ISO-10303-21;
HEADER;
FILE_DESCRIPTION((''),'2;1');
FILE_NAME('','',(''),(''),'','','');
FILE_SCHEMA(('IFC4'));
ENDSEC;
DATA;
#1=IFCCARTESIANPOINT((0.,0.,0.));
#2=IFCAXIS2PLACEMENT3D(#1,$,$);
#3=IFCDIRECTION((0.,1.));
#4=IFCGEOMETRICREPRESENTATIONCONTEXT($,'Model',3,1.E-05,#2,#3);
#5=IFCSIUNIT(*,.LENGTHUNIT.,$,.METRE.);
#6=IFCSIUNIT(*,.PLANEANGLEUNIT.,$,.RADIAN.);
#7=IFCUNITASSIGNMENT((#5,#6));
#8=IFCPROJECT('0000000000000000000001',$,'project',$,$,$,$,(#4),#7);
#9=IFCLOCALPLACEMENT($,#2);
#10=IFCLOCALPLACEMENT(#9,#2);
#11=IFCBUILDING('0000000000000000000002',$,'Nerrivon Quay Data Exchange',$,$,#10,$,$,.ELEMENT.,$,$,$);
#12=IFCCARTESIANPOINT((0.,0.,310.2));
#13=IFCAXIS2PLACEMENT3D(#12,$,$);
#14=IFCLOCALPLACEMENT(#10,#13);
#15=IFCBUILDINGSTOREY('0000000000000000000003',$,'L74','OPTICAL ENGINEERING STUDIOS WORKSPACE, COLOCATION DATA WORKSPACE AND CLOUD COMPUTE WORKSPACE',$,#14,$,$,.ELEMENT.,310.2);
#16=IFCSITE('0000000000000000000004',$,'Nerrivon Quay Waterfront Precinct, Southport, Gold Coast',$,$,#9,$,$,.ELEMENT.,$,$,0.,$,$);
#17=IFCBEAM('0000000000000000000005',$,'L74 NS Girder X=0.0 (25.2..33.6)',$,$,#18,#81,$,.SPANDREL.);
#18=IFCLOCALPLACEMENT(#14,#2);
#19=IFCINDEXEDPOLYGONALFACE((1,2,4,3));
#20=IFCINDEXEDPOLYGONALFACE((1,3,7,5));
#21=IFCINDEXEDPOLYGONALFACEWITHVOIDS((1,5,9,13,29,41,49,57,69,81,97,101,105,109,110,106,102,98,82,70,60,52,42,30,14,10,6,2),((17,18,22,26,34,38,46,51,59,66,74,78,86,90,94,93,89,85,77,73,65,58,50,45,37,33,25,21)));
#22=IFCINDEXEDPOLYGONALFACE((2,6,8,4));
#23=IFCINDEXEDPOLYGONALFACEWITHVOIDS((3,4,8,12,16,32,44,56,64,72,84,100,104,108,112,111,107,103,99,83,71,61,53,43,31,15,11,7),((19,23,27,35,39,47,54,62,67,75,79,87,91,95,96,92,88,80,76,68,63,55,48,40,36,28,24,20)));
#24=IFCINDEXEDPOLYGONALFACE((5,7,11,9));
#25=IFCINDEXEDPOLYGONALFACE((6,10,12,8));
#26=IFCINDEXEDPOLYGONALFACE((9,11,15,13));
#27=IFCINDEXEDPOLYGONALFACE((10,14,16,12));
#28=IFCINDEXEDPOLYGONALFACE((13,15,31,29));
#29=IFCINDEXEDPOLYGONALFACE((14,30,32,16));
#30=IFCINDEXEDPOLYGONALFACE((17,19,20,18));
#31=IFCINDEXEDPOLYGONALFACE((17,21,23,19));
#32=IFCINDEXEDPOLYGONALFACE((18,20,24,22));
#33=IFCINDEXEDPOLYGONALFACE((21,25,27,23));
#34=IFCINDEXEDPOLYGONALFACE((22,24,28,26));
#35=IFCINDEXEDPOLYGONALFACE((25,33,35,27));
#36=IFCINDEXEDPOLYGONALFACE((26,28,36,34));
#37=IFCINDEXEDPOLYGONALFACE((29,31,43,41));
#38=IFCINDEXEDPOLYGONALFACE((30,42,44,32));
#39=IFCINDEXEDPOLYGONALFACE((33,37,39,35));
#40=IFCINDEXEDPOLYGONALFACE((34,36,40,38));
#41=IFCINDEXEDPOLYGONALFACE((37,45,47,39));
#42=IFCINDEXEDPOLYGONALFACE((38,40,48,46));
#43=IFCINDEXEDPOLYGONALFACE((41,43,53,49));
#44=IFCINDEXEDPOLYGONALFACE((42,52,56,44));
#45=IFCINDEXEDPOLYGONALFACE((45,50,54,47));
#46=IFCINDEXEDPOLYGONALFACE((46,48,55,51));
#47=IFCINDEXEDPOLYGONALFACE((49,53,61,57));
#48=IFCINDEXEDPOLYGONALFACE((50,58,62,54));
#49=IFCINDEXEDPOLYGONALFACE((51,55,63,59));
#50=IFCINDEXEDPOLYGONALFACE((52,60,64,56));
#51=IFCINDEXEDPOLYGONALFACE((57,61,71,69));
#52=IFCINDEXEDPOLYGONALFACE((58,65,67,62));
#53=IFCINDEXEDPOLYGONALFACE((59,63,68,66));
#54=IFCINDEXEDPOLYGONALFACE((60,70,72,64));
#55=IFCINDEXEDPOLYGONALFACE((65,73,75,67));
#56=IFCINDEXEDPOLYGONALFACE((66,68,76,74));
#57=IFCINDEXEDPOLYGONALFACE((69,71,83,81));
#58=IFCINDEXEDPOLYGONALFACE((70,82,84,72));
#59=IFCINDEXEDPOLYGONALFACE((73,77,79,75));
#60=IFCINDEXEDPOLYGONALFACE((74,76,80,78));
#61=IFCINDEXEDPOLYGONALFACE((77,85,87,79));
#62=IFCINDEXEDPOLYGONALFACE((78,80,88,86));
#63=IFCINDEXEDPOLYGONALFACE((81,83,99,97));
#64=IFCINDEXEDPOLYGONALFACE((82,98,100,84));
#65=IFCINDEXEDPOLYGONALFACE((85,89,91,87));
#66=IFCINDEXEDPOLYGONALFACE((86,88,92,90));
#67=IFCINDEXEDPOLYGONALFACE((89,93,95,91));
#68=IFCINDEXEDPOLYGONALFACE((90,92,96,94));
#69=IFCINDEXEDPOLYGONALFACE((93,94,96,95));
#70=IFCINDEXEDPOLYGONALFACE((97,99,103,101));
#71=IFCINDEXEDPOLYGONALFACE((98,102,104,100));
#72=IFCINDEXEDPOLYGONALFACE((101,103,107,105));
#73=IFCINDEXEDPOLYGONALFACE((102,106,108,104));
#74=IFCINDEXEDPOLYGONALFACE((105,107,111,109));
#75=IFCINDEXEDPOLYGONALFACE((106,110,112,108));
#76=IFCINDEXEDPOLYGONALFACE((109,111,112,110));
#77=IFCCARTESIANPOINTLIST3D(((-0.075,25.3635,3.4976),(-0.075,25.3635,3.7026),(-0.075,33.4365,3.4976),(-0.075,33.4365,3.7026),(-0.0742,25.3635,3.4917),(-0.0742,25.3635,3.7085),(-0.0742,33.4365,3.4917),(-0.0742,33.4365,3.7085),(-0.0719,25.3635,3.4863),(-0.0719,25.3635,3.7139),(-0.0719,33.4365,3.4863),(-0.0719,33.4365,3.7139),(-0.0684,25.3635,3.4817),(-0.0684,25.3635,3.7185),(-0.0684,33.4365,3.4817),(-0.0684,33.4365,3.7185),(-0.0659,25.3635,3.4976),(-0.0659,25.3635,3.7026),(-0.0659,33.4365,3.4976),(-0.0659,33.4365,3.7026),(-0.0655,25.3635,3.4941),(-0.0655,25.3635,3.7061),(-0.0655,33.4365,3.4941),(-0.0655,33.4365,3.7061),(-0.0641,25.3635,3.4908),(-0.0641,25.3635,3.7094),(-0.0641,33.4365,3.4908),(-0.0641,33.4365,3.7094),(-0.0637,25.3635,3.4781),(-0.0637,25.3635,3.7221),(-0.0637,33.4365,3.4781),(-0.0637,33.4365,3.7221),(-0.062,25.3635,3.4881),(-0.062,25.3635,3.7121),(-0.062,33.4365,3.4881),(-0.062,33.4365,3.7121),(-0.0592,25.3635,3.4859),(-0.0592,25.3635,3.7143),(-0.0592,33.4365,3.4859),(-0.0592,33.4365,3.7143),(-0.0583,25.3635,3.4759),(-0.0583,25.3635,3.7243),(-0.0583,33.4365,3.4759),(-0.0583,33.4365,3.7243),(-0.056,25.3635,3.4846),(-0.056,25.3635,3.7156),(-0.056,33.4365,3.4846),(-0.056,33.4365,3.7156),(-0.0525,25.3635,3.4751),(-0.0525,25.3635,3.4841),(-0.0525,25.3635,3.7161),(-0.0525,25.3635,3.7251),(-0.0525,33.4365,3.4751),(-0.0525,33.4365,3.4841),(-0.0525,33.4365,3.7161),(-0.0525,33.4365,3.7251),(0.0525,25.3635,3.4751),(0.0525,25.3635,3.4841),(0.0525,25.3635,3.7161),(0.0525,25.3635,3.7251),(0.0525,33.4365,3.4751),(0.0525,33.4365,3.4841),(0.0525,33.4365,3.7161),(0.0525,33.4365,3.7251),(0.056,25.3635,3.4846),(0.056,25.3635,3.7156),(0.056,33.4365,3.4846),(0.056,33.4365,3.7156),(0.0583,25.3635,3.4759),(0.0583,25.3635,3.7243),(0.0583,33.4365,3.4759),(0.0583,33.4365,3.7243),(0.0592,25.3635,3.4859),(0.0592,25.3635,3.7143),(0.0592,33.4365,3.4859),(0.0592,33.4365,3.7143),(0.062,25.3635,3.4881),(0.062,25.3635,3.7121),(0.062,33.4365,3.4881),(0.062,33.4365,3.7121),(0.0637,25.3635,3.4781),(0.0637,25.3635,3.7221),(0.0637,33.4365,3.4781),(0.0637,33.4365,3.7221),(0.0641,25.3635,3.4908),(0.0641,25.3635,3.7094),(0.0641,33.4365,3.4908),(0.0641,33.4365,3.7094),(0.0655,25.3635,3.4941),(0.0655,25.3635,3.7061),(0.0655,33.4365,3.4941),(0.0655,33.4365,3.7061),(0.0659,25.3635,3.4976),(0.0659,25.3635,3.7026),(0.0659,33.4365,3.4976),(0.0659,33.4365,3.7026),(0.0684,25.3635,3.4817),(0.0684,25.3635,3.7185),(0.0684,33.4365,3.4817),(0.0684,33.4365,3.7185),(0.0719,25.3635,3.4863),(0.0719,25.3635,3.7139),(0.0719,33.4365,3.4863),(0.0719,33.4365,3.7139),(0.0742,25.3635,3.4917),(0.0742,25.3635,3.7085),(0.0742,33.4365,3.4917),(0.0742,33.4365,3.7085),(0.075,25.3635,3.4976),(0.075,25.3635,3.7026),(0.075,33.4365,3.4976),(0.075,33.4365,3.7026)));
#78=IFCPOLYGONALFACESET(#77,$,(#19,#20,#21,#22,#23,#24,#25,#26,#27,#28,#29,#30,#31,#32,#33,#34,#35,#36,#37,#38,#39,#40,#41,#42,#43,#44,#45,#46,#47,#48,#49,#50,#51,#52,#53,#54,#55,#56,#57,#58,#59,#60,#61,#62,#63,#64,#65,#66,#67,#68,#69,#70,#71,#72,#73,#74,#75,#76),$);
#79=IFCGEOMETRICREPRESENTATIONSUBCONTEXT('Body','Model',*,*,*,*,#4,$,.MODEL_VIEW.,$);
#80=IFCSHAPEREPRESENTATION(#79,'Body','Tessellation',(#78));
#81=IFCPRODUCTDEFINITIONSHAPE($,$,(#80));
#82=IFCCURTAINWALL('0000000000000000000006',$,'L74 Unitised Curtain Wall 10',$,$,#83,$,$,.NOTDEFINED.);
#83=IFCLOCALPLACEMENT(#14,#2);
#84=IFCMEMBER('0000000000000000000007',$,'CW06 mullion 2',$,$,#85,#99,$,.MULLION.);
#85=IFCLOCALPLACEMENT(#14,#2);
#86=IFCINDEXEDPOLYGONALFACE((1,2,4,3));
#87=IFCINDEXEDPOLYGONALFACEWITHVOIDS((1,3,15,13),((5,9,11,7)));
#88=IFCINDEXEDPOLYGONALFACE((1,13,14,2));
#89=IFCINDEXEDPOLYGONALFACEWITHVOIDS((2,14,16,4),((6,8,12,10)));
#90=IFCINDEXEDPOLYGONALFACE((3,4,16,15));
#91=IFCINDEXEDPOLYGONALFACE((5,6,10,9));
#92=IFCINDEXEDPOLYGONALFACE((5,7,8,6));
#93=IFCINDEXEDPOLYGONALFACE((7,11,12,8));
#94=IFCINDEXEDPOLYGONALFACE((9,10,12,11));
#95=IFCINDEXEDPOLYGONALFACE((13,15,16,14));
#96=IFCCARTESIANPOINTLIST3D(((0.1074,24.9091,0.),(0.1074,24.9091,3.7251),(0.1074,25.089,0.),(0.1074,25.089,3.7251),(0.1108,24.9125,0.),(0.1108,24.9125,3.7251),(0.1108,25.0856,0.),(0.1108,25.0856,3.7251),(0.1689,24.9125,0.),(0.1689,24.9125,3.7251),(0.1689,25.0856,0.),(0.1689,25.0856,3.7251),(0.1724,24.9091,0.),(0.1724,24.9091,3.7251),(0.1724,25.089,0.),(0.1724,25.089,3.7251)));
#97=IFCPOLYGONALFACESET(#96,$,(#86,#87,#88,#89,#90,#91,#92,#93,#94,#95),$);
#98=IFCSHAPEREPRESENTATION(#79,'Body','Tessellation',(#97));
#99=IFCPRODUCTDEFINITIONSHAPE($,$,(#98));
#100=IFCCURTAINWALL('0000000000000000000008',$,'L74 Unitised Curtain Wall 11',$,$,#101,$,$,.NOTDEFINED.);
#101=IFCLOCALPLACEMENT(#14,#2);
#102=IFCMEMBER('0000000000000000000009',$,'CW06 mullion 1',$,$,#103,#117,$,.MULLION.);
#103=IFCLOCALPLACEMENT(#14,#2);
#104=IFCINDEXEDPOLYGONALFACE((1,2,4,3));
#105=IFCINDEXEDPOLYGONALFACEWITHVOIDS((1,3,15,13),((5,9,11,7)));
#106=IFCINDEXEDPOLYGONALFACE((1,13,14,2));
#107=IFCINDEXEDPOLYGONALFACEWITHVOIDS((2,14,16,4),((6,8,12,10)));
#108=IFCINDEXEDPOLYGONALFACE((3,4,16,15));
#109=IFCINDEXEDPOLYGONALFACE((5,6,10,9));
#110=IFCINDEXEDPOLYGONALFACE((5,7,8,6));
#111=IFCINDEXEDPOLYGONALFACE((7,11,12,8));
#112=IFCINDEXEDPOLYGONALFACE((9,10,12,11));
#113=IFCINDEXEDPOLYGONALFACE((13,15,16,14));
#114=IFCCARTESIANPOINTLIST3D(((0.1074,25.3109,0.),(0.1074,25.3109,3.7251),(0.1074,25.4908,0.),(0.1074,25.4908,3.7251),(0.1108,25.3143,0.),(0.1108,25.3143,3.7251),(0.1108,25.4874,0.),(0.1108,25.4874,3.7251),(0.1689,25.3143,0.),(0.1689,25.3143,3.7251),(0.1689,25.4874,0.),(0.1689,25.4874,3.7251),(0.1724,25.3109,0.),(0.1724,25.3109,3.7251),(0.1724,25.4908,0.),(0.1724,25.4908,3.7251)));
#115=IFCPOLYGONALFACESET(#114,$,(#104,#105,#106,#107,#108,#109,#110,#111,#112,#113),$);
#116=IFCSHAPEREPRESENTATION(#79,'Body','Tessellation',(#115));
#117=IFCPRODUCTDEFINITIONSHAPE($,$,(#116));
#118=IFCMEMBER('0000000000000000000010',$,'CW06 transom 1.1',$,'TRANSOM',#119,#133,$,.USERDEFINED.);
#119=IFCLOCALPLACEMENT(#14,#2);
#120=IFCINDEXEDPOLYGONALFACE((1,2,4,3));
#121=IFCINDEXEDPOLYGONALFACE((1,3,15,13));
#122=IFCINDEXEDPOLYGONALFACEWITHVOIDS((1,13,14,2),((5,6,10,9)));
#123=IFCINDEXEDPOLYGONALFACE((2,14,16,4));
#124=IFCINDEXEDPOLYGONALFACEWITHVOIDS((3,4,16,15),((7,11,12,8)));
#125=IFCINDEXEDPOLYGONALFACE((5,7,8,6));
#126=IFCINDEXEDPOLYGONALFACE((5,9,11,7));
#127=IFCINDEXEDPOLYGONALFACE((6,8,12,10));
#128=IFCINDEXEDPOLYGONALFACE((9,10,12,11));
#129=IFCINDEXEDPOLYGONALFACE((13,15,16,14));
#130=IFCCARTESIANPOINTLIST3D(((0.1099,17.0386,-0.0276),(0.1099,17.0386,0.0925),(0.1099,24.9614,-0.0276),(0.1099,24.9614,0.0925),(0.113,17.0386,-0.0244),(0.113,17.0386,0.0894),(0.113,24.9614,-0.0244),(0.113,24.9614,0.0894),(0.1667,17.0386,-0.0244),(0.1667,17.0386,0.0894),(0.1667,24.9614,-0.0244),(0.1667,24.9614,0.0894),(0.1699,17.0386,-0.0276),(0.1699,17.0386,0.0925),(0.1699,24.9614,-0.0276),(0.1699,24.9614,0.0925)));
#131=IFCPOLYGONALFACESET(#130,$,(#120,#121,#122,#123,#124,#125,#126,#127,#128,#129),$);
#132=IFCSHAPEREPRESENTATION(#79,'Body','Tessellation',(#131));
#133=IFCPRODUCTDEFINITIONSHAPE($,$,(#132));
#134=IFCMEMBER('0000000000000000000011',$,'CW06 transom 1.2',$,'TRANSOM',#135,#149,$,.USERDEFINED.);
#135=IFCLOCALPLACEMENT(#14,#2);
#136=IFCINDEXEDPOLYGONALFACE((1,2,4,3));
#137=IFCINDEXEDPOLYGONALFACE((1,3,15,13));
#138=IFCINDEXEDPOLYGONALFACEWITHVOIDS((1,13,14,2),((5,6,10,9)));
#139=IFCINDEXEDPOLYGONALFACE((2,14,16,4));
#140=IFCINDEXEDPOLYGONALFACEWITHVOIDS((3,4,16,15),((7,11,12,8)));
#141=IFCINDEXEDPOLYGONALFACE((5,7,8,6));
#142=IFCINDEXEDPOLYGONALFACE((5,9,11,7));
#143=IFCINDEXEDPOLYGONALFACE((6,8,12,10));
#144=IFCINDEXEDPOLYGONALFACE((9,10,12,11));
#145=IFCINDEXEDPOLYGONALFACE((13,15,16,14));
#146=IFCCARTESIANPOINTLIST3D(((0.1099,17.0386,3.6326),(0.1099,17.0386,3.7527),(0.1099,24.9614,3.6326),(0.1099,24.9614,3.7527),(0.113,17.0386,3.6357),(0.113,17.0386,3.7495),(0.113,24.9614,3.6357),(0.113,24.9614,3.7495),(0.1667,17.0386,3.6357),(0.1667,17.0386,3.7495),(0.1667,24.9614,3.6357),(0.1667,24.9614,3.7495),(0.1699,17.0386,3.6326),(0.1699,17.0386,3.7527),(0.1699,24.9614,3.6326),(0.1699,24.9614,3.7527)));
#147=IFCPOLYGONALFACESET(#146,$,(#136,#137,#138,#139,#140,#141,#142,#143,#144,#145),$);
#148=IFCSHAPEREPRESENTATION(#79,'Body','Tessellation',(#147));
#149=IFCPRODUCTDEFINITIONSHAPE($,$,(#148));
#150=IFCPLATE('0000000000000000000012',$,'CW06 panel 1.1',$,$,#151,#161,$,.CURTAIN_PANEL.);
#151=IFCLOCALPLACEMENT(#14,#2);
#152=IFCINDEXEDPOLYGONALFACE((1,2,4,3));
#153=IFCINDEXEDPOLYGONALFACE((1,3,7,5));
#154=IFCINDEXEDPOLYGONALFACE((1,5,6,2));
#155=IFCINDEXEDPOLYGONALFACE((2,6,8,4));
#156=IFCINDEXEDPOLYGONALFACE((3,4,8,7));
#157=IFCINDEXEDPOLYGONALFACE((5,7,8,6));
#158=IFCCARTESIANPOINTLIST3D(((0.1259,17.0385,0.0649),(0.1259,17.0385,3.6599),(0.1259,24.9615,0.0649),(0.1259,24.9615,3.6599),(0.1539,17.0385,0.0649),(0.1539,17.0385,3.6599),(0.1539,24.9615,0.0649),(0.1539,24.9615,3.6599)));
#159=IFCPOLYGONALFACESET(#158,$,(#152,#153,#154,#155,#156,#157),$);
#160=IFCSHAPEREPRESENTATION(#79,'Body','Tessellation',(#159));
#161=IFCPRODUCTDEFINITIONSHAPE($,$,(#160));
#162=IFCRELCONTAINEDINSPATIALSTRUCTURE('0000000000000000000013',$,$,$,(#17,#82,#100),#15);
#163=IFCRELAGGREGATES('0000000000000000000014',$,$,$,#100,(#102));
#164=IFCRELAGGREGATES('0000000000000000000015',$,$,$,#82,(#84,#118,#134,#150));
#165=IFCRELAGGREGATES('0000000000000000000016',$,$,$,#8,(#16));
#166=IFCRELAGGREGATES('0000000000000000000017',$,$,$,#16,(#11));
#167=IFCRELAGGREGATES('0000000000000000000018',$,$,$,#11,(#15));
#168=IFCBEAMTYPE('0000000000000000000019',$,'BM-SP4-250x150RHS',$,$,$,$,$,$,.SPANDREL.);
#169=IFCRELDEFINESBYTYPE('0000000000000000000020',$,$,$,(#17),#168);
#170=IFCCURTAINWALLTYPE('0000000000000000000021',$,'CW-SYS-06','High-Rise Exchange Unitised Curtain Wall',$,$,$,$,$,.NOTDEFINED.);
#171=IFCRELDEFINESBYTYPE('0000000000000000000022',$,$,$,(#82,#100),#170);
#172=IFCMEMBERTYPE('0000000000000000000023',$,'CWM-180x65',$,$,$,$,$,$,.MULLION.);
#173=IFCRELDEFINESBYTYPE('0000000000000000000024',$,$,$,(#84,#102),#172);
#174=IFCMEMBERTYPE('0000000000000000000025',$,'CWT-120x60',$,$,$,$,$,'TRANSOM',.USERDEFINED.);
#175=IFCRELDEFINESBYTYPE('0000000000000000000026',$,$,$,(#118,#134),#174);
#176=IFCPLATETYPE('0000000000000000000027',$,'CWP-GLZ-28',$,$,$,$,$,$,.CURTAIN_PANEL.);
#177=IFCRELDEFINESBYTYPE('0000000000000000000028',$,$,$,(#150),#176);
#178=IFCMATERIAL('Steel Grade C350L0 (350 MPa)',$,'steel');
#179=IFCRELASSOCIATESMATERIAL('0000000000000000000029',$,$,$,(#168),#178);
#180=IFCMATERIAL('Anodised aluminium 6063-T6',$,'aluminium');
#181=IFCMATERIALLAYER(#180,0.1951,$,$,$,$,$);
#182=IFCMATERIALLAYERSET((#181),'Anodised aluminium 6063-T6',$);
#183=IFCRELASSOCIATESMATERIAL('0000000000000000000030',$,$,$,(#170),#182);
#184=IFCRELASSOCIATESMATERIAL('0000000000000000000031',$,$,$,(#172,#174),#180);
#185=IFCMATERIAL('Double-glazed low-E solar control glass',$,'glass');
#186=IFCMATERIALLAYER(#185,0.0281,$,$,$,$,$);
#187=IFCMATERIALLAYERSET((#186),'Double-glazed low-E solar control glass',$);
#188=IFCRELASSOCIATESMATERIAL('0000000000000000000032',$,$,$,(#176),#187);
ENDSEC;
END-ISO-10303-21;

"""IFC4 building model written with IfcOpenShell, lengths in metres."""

from ifc_helpers import new_model, si_unit, direction, frame, origin, origin_2d, place, context, subcontext, project, spatial, rectangle, hollow_rectangle, extrude, material, layer, layer_set, material_profile, profile_set, type_object, element, aggregate, save


model = new_model("IFC4")

# Units and contexts
model_context = context("Model", 3, precision=1e-05, world=origin(), true_north=direction((0.0, 1.0)))
body_context = subcontext(model_context, "Body", "Model", "MODEL_VIEW")
ifc_project = project(units=[si_unit("LENGTHUNIT", "METRE"), si_unit("PLANEANGLEUNIT", "RADIAN")], contexts=[model_context])

# Site, building, storey
site_placement = place(None, origin())
site = spatial("IfcSite", under=ifc_project, at=site_placement, Name="Nerrivon Quay Waterfront Precinct, Southport, Gold Coast", CompositionType="ELEMENT", RefElevation=0.0)
building_placement = place(site_placement, origin())
building = spatial("IfcBuilding", under=site, at=building_placement, Name="Nerrivon Quay Data Exchange", CompositionType="ELEMENT")
storey_placement = place(building_placement, frame((0.0, 0.0, 310.2)))
storey = spatial("IfcBuildingStorey", under=building, at=storey_placement, Name="L74", Description="OPTICAL ENGINEERING STUDIOS WORKSPACE, COLOCATION DATA WORKSPACE AND CLOUD COMPUTE WORKSPACE", CompositionType="ELEMENT", Elevation=310.2)

# Beam
ifc_material_1 = material(Name="Steel Grade C350L0 (350 MPa)", Category="steel")
ifc_material_profile_1 = material_profile(ifc_material_1, hollow_rectangle(XDim=0.1499, YDim=0.25, WallThickness=0.009, InnerFilletRadius=0.0134, OuterFilletRadius=0.0225, at=origin_2d()), Name="250x150x9.0RHS")
ifc_profile_set_1 = profile_set([ifc_material_profile_1], Name="Steel Grade C350L0 (350 MPa)")
beam_type_1 = type_object("IfcBeamType", Name="BM-SP4-250x150RHS", PredefinedType="SPANDREL", material=ifc_profile_set_1)
beam_1_placement = place(storey_placement, frame((0.0, 25.3635, 3.6001), z_axis=(0.0, 1.0, 0.0), x_axis=(-1.0, 0.0, 0.0)))
element("IfcBeam", 1, at=beam_1_placement, inside=storey, type_object=beam_type_1, Name="L74 NS Girder X=0.0 (25.2..33.6)", PredefinedType="SPANDREL", context=body_context, shape_type="SweptSolid", body=[
    extrude(hollow_rectangle(XDim=0.1499, YDim=0.25, WallThickness=0.009, InnerFilletRadius=0.0134, OuterFilletRadius=0.0225, at=origin_2d()), origin(), (0.0, 0.0, 1.0), 8.073),
])

# Curtain walls, members
ifc_material_2 = material(Name="Anodised aluminium 6063-T6", Category="aluminium")
ifc_layer_1 = layer(ifc_material_2, 0.1951)
ifc_layer_set_1 = layer_set([ifc_layer_1], Name="Anodised aluminium 6063-T6")
curtain_wall_type = type_object("IfcCurtainWallType", Name="CW-SYS-06", Description="High-Rise Exchange Unitised Curtain Wall", PredefinedType="NOTDEFINED", material=ifc_layer_set_1)
curtain_wall_1_placement = place(storey_placement, origin())
curtain_wall_1 = element("IfcCurtainWall", 2, at=curtain_wall_1_placement, inside=storey, type_object=curtain_wall_type, Name="L74 Unitised Curtain Wall 10", PredefinedType="NOTDEFINED")
ifc_material_profile_2 = material_profile(ifc_material_2, hollow_rectangle(XDim=0.0649, YDim=0.1799, WallThickness=0.0034, at=origin_2d()), Name="ALU-MULL-180x65")
ifc_profile_set_2 = profile_set([ifc_material_profile_2], Name="Anodised aluminium 6063-T6")
member_type_1 = type_object("IfcMemberType", Name="CWM-180x65", PredefinedType="MULLION", material=ifc_profile_set_2)
member_1_placement = place(storey_placement, frame((0.1399, 24.999, 0.0), z_axis=(0.0, 0.0, 1.0), x_axis=(-1.0, 0.0, 0.0)))
member_1 = element("IfcMember", 3, at=member_1_placement, type_object=member_type_1, Name="CW06 mullion 2", PredefinedType="MULLION", context=body_context, shape_type="SweptSolid", body=[
    extrude(hollow_rectangle(XDim=0.0649, YDim=0.1799, WallThickness=0.0034, at=origin_2d()), origin(), (0.0, 0.0, 1.0), 3.7251),
])
curtain_wall_2_placement = place(storey_placement, origin())
curtain_wall_2 = element("IfcCurtainWall", 4, at=curtain_wall_2_placement, inside=storey, type_object=curtain_wall_type, Name="L74 Unitised Curtain Wall 11", PredefinedType="NOTDEFINED")
member_2_placement = place(storey_placement, frame((0.1399, 25.4009, 0.0), z_axis=(0.0, 0.0, 1.0), x_axis=(-1.0, 0.0, 0.0)))
member_2 = element("IfcMember", 5, at=member_2_placement, type_object=member_type_1, Name="CW06 mullion 1", PredefinedType="MULLION", context=body_context, shape_type="SweptSolid", body=[
    extrude(hollow_rectangle(XDim=0.0649, YDim=0.1799, WallThickness=0.0034, at=origin_2d()), origin(), (0.0, 0.0, 1.0), 3.7251),
])
aggregate(curtain_wall_2, [member_2])

# Members
ifc_material_profile_3 = material_profile(ifc_material_2, hollow_rectangle(XDim=0.0601, YDim=0.1201, WallThickness=0.0032, at=origin_2d()), Name="ALU-TRAN-120x60")
ifc_profile_set_3 = profile_set([ifc_material_profile_3], Name="Anodised aluminium 6063-T6")
member_type_2 = type_object("IfcMemberType", Name="CWT-120x60", ElementType="TRANSOM", PredefinedType="USERDEFINED", material=ifc_profile_set_3)
member_3_placement = place(storey_placement, frame((0.1399, 17.0386, 0.0325), z_axis=(0.0, 1.0, 0.0), x_axis=(-1.0, 0.0, 0.0)))
member_3 = element("IfcMember", 6, at=member_3_placement, type_object=member_type_2, Name="CW06 transom 1.1", ObjectType="TRANSOM", PredefinedType="USERDEFINED", context=body_context, shape_type="SweptSolid", body=[
    extrude(hollow_rectangle(XDim=0.0601, YDim=0.1201, WallThickness=0.0032, at=origin_2d()), origin(), (0.0, 0.0, 1.0), 7.9229),
])
member_4_placement = place(storey_placement, frame((0.1399, 17.0386, 3.6926), z_axis=(0.0, 1.0, 0.0), x_axis=(-1.0, 0.0, 0.0)))
member_4 = element("IfcMember", 7, at=member_4_placement, type_object=member_type_2, Name="CW06 transom 1.2", ObjectType="TRANSOM", PredefinedType="USERDEFINED", context=body_context, shape_type="SweptSolid", body=[
    extrude(hollow_rectangle(XDim=0.0601, YDim=0.1201, WallThickness=0.0032, at=origin_2d()), origin(), (0.0, 0.0, 1.0), 7.9229),
])

# Plate
ifc_material_3 = material(Name="Double-glazed low-E solar control glass", Category="glass")
ifc_layer_2 = layer(ifc_material_3, 0.0281)
ifc_layer_set_2 = layer_set([ifc_layer_2], Name="Double-glazed low-E solar control glass")
plate_type = type_object("IfcPlateType", Name="CWP-GLZ-28", PredefinedType="CURTAIN_PANEL", material=ifc_layer_set_2)
plate_placement = place(storey_placement, frame((0.1399, 21.0, 0.0649), z_axis=(0.0, 0.0, 1.0), x_axis=(0.0, 1.0, 0.0)))
plate = element("IfcPlate", 8, at=plate_placement, type_object=plate_type, Name="CW06 panel 1.1", PredefinedType="CURTAIN_PANEL", context=body_context, shape_type="SweptSolid", body=[
    extrude(rectangle(XDim=7.9231, YDim=0.0281, at=origin_2d()), origin(), (0.0, 0.0, 1.0), 3.595),
])
aggregate(curtain_wall_1, [member_1, member_3, member_4, plate])

save(model, "model.ifc")
